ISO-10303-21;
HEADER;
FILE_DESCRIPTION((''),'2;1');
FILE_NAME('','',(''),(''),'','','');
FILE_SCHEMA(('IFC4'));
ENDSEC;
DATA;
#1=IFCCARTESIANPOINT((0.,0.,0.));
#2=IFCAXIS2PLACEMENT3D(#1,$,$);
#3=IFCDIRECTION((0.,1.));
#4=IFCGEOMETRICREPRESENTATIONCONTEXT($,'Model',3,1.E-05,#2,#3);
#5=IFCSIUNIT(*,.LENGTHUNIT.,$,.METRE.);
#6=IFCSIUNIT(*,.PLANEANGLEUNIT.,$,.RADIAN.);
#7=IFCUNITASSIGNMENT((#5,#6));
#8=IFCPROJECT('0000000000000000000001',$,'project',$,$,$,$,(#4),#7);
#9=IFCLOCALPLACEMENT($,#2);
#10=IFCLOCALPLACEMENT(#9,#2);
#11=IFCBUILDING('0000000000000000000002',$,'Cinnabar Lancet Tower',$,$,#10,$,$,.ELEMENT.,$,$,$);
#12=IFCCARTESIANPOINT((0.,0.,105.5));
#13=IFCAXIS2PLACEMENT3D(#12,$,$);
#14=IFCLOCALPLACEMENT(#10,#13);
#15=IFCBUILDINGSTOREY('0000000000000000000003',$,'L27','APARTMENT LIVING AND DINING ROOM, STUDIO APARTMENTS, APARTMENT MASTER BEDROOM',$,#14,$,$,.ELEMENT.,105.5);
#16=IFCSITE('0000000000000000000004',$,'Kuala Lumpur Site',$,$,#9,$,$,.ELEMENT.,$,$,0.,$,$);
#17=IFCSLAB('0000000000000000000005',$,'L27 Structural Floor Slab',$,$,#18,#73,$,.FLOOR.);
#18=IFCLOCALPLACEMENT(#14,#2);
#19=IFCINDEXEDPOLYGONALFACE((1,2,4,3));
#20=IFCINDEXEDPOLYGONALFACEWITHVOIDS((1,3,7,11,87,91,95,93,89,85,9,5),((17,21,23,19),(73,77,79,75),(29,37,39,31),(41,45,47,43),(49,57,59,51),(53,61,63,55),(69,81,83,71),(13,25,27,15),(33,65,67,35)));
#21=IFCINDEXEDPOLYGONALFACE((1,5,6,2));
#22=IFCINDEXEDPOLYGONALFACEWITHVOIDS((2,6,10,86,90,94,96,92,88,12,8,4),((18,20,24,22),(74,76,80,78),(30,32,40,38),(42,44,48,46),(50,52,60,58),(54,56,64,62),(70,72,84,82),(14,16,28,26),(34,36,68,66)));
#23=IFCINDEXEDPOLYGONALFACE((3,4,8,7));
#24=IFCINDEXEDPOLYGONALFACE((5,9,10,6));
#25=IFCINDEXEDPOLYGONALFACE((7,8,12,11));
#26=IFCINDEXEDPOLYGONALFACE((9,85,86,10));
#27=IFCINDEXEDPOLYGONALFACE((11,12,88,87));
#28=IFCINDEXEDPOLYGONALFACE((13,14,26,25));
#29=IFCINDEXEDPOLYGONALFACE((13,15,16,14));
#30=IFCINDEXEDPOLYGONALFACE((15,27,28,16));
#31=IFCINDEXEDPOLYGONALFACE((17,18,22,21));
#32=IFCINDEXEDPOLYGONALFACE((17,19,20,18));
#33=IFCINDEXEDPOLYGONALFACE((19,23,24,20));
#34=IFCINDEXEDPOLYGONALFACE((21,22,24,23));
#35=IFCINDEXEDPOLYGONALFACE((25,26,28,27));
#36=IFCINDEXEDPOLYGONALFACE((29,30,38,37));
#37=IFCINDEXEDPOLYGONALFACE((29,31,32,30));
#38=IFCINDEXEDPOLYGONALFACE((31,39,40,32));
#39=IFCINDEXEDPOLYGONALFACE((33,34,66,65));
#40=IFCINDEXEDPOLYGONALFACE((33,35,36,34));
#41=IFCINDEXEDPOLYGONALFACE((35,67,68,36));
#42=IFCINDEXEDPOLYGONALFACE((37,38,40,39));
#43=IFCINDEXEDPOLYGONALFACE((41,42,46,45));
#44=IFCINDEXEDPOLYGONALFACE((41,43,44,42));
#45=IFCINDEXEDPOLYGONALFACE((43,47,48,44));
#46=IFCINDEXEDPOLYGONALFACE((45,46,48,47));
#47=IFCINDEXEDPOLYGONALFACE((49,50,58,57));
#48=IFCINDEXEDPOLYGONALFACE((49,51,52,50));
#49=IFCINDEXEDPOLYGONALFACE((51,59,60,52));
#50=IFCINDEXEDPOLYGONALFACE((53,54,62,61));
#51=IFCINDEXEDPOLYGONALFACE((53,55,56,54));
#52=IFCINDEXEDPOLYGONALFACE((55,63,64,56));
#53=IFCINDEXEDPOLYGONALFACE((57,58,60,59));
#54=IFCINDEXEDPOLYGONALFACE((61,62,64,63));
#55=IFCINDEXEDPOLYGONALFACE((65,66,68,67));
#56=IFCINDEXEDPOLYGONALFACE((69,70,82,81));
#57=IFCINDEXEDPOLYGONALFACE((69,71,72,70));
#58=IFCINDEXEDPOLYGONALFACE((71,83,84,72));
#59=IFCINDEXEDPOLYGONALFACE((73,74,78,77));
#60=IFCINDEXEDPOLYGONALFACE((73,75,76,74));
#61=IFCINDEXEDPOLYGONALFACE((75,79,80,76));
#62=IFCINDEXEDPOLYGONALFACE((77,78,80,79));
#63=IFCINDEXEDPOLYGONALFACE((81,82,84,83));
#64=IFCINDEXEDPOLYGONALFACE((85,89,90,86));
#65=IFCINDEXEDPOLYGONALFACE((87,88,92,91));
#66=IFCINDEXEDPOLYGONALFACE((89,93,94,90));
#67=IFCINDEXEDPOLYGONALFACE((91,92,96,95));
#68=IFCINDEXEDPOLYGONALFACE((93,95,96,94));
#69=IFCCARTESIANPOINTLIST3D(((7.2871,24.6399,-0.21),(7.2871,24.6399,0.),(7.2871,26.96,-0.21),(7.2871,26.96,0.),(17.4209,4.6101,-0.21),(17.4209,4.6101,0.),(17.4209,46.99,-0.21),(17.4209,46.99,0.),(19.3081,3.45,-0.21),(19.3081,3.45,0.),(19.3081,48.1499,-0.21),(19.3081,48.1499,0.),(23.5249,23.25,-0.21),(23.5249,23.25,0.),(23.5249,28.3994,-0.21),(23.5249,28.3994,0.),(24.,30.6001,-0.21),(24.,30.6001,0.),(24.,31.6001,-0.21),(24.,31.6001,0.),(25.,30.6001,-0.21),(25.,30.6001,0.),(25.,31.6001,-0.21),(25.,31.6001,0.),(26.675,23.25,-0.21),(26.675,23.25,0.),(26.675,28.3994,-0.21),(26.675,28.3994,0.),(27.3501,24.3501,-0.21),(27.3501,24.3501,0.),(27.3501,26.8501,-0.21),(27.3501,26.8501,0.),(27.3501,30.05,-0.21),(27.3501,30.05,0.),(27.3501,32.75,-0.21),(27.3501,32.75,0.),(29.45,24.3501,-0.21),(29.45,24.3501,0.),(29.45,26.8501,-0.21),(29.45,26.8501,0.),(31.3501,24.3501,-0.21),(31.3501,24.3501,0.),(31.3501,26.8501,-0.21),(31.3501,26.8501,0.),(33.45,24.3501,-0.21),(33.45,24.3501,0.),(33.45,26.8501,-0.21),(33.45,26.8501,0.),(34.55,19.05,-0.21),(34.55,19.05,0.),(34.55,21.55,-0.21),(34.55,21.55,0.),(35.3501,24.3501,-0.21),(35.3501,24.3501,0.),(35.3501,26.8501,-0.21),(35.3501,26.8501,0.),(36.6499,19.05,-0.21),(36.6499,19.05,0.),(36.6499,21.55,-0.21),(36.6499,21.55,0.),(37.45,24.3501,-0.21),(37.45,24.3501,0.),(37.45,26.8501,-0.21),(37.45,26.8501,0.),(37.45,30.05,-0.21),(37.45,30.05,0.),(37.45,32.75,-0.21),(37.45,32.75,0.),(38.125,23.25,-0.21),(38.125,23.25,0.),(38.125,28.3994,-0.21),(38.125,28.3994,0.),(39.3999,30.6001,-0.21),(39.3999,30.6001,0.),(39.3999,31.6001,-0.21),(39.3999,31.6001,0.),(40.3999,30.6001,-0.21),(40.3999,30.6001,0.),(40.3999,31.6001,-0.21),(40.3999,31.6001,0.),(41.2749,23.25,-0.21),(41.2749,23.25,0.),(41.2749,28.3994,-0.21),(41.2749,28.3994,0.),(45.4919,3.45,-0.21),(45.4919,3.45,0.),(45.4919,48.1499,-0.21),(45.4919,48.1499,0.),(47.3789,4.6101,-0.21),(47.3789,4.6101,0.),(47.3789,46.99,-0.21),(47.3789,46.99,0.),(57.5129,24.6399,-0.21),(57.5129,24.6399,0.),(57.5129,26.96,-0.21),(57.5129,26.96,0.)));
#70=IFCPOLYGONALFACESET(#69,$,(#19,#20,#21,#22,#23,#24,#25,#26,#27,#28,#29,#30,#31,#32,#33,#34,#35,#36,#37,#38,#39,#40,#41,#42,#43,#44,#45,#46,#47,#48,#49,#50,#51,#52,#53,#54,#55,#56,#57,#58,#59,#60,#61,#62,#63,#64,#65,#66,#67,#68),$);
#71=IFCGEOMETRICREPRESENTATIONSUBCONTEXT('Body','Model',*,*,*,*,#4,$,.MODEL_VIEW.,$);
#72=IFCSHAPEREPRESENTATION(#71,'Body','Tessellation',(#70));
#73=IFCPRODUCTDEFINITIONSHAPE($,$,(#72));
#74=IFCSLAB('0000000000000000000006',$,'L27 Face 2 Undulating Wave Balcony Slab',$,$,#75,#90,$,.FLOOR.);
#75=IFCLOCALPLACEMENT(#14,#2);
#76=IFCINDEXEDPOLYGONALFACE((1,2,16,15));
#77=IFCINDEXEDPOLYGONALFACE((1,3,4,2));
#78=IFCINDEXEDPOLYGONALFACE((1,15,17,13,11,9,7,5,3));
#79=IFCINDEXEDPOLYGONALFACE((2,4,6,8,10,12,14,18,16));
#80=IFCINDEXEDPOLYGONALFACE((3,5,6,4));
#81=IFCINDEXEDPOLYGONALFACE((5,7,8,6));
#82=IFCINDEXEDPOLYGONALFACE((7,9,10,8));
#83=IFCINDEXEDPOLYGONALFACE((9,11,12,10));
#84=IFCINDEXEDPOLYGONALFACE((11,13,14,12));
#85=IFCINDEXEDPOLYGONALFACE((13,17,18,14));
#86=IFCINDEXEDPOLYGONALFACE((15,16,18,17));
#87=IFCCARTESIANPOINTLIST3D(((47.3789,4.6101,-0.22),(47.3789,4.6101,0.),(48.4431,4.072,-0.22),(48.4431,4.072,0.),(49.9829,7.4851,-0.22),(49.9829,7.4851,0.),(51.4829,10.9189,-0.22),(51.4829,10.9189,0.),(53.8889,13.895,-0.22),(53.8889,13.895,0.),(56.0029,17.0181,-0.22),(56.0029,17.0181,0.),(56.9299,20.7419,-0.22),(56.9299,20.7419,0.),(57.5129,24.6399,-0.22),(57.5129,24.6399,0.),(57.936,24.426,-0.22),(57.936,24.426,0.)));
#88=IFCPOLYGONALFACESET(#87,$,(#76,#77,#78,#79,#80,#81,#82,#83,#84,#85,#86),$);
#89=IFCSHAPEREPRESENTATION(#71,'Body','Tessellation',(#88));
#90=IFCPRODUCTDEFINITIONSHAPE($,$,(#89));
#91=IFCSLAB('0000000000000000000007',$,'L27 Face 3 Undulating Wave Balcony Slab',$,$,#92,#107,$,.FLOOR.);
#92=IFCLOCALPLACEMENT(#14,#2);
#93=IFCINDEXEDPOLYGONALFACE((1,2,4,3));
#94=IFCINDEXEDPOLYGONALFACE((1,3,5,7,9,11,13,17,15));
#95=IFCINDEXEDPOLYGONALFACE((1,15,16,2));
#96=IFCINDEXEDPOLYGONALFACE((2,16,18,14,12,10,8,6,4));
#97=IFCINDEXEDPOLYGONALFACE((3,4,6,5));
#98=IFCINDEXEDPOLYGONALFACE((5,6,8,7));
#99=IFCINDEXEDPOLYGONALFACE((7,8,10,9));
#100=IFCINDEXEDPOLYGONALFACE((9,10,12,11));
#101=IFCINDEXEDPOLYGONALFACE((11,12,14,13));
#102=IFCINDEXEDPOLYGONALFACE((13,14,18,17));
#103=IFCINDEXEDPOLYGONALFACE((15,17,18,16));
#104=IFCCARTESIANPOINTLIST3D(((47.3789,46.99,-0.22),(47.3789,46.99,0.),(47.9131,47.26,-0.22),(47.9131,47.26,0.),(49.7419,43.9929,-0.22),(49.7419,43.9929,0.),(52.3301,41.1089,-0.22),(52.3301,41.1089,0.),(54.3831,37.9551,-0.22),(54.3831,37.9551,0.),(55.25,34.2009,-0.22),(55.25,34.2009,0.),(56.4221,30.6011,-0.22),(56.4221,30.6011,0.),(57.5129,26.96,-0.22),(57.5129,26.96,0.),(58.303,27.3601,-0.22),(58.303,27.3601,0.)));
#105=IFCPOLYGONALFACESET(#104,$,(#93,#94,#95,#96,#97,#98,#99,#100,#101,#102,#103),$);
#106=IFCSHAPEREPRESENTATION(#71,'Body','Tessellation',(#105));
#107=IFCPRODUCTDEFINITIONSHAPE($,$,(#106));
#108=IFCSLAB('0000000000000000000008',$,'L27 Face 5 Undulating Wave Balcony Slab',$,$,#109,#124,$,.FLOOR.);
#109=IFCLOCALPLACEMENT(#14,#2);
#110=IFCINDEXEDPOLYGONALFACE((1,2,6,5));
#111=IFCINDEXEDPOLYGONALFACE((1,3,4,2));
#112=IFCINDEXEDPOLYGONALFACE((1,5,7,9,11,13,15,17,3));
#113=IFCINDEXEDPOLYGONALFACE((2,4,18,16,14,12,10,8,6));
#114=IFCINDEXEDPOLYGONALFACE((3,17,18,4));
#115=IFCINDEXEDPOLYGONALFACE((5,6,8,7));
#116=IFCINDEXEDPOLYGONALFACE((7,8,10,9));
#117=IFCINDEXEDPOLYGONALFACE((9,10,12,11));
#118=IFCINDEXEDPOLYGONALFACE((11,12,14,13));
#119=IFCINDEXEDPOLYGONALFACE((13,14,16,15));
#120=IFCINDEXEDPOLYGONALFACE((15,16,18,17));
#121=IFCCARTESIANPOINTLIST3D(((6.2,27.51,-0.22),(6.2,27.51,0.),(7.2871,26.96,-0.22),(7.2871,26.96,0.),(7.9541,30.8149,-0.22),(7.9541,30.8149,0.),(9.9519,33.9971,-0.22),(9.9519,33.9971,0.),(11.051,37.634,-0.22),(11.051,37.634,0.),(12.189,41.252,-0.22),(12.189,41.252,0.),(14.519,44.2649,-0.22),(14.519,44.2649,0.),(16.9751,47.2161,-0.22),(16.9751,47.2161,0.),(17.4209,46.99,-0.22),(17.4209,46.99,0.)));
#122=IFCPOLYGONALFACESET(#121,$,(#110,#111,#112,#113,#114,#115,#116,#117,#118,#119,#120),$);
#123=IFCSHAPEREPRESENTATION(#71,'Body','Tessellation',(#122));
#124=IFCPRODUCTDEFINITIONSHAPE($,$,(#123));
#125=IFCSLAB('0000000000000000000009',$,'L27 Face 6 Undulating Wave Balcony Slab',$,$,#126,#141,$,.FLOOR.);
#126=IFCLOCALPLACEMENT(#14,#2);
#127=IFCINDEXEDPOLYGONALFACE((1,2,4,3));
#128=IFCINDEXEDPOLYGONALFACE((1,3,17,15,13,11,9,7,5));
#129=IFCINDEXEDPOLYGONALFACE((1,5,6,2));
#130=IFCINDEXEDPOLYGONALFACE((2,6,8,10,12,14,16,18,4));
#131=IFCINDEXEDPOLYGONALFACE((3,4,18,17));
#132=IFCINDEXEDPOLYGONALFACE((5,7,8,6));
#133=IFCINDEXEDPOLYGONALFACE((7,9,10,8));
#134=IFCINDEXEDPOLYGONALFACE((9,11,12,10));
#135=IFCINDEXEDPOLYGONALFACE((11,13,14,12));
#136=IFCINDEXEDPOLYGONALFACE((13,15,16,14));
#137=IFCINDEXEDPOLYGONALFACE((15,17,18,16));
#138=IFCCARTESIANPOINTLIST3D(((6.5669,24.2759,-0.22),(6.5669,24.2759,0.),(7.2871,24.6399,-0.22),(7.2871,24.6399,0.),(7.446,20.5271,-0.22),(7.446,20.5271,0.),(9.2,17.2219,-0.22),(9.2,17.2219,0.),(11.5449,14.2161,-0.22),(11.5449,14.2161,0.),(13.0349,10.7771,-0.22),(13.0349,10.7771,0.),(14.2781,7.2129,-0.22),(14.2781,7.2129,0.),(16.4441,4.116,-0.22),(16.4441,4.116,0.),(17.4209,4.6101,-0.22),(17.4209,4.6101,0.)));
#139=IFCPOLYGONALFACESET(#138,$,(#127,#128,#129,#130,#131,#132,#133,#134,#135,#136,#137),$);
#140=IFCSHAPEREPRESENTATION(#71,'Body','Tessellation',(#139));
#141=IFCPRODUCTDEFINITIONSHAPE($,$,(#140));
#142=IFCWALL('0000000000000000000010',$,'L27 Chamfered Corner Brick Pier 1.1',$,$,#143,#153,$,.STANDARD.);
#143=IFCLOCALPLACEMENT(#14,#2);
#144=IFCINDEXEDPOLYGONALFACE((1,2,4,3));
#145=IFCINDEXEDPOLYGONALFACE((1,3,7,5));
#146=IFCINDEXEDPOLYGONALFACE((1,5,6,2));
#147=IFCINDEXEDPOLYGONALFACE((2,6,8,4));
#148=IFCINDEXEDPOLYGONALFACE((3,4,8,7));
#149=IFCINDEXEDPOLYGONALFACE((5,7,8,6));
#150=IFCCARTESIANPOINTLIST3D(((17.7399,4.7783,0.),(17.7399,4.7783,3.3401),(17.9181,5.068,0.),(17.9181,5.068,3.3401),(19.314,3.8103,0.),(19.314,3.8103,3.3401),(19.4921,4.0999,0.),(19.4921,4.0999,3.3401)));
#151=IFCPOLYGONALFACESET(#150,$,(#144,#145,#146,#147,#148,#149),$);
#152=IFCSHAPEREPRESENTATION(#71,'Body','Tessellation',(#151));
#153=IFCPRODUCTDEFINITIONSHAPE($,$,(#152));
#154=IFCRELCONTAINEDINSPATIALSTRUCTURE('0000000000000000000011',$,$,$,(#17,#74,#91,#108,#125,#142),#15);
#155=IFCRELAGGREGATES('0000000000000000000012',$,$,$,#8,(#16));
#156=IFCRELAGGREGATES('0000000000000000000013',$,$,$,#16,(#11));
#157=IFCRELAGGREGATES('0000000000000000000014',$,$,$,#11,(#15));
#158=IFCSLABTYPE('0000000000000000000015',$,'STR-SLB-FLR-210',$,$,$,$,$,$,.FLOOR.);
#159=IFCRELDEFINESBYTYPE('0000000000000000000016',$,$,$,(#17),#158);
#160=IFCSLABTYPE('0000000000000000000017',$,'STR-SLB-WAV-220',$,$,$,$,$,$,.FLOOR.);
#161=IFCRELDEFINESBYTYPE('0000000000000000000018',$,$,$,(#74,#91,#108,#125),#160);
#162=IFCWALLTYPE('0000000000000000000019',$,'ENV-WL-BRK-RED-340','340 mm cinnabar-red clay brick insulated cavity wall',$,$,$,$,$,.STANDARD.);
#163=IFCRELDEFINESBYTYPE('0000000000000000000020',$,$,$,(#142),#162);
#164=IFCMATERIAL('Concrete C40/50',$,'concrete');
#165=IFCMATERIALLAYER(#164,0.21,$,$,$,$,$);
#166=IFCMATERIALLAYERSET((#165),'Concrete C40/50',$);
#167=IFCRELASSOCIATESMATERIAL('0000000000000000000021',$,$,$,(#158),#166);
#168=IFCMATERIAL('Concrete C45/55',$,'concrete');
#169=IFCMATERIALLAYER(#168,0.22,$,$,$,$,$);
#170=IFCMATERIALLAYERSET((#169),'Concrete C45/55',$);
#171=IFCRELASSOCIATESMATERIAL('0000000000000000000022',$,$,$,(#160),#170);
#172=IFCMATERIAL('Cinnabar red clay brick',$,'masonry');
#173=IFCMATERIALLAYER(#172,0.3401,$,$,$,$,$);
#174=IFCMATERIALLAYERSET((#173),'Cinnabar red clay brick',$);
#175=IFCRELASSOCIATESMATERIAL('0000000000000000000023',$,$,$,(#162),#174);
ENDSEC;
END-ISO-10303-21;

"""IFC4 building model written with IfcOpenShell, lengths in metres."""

from ifc_helpers import new_model, si_unit, direction, frame, frame_2d, origin, place, context, subcontext, project, spatial, polyline, rectangle, outline, extrude, material, layer, layer_set, type_object, element, save


model = new_model("IFC4")

# Units and contexts
model_context = context("Model", 3, precision=1e-05, world=origin(), true_north=direction((0.0, 1.0)))
body_context = subcontext(model_context, "Body", "Model", "MODEL_VIEW")
ifc_project = project(units=[si_unit("LENGTHUNIT", "METRE"), si_unit("PLANEANGLEUNIT", "RADIAN")], contexts=[model_context])

# Site, building, storey
site_placement = place(None, origin())
site = spatial("IfcSite", under=ifc_project, at=site_placement, Name="Kuala Lumpur Site", CompositionType="ELEMENT", RefElevation=0.0)
building_placement = place(site_placement, origin())
building = spatial("IfcBuilding", under=site, at=building_placement, Name="Cinnabar Lancet Tower", CompositionType="ELEMENT")
storey_placement = place(building_placement, frame((0.0, 0.0, 105.5)))
storey = spatial("IfcBuildingStorey", under=building, at=storey_placement, Name="L27", Description="APARTMENT LIVING AND DINING ROOM, STUDIO APARTMENTS, APARTMENT MASTER BEDROOM", CompositionType="ELEMENT", Elevation=105.5)

# Slabs
ifc_material_1 = material(Name="Concrete C40/50", Category="concrete")
ifc_layer_1 = layer(ifc_material_1, 0.21)
ifc_layer_set_1 = layer_set([ifc_layer_1], Name="Concrete C40/50")
slab_type_1 = type_object("IfcSlabType", Name="STR-SLB-FLR-210", PredefinedType="FLOOR", material=ifc_layer_set_1)
slab_1_placement = place(storey_placement, frame((0.0, 0.0, -0.21)))
element("IfcSlab", 1, at=slab_1_placement, inside=storey, type_object=slab_type_1, Name="L27 Structural Floor Slab", PredefinedType="FLOOR", context=body_context, shape_type="SweptSolid", body=[
    extrude(outline(polyline([(17.4209, 4.6101), (19.3081, 3.45), (45.4919, 3.45), (47.3789, 4.6101), (57.5129, 24.6399), (57.5129, 26.96), (47.3789, 46.99), (45.4919, 48.1499), (19.3081, 48.1499), (17.4209, 46.99), (7.2871, 26.96), (7.2871, 24.6399), (17.4209, 4.6101)]), holes=[polyline([(23.5249, 23.25), (26.675, 23.25), (26.675, 28.3994), (23.5249, 28.3994), (23.5249, 23.25)]), polyline([(38.125, 23.25), (41.2749, 23.25), (41.2749, 28.3994), (38.125, 28.3994), (38.125, 23.25)]), polyline([(27.3501, 30.05), (37.45, 30.05), (37.45, 32.75), (27.3501, 32.75), (27.3501, 30.05)]), polyline([(34.55, 19.05), (36.6499, 19.05), (36.6499, 21.55), (34.55, 21.55), (34.55, 19.05)]), polyline([(27.3501, 24.3501), (29.45, 24.3501), (29.45, 26.8501), (27.3501, 26.8501), (27.3501, 24.3501)]), polyline([(35.3501, 24.3501), (37.45, 24.3501), (37.45, 26.8501), (35.3501, 26.8501), (35.3501, 24.3501)]), polyline([(31.3501, 24.3501), (33.45, 24.3501), (33.45, 26.8501), (31.3501, 26.8501), (31.3501, 24.3501)]), polyline([(24.0, 30.6001), (25.0, 30.6001), (25.0, 31.6001), (24.0, 31.6001), (24.0, 30.6001)]), polyline([(39.3999, 30.6001), (40.3999, 30.6001), (40.3999, 31.6001), (39.3999, 31.6001), (39.3999, 30.6001)])]), origin(), (0.0, 0.0, 1.0), 0.21),
])
ifc_material_2 = material(Name="Concrete C45/55", Category="concrete")
ifc_layer_2 = layer(ifc_material_2, 0.22)
ifc_layer_set_2 = layer_set([ifc_layer_2], Name="Concrete C45/55")
slab_type_2 = type_object("IfcSlabType", Name="STR-SLB-WAV-220", PredefinedType="FLOOR", material=ifc_layer_set_2)
slab_2_placement = place(storey_placement, frame((0.0, 0.0, -0.22)))
element("IfcSlab", 2, at=slab_2_placement, inside=storey, type_object=slab_type_2, Name="L27 Face 2 Undulating Wave Balcony Slab", PredefinedType="FLOOR", context=body_context, shape_type="SweptSolid", body=[
    extrude(outline(polyline([(47.3789, 4.6101), (48.4431, 4.072), (49.9829, 7.4851), (51.4829, 10.9189), (53.8889, 13.895), (56.0029, 17.0181), (56.9299, 20.7419), (57.936, 24.426), (57.5129, 24.6399), (47.3789, 4.6101)])), origin(), (0.0, 0.0, 1.0), 0.22),
])
slab_3_placement = place(storey_placement, frame((0.0, 0.0, -0.22)))
element("IfcSlab", 3, at=slab_3_placement, inside=storey, type_object=slab_type_2, Name="L27 Face 3 Undulating Wave Balcony Slab", PredefinedType="FLOOR", context=body_context, shape_type="SweptSolid", body=[
    extrude(outline(polyline([(57.5129, 26.96), (58.303, 27.3601), (56.4221, 30.6011), (55.25, 34.2009), (54.3831, 37.9551), (52.3301, 41.1089), (49.7419, 43.9929), (47.9131, 47.26), (47.3789, 46.99), (57.5129, 26.96)])), origin(), (0.0, 0.0, 1.0), 0.22),
])
slab_4_placement = place(storey_placement, frame((0.0, 0.0, -0.22)))
element("IfcSlab", 4, at=slab_4_placement, inside=storey, type_object=slab_type_2, Name="L27 Face 5 Undulating Wave Balcony Slab", PredefinedType="FLOOR", context=body_context, shape_type="SweptSolid", body=[
    extrude(outline(polyline([(17.4209, 46.99), (16.9751, 47.2161), (14.519, 44.2649), (12.189, 41.252), (11.051, 37.634), (9.9519, 33.9971), (7.9541, 30.8149), (6.2, 27.51), (7.2871, 26.96), (17.4209, 46.99)])), origin(), (0.0, 0.0, 1.0), 0.22),
])
slab_5_placement = place(storey_placement, frame((0.0, 0.0, -0.22)))
element("IfcSlab", 5, at=slab_5_placement, inside=storey, type_object=slab_type_2, Name="L27 Face 6 Undulating Wave Balcony Slab", PredefinedType="FLOOR", context=body_context, shape_type="SweptSolid", body=[
    extrude(outline(polyline([(7.2871, 24.6399), (6.5669, 24.2759), (7.446, 20.5271), (9.2, 17.2219), (11.5449, 14.2161), (13.0349, 10.7771), (14.2781, 7.2129), (16.4441, 4.116), (17.4209, 4.6101), (7.2871, 24.6399)])), origin(), (0.0, 0.0, 1.0), 0.22),
])

# Wall
ifc_material_3 = material(Name="Cinnabar red clay brick", Category="masonry")
ifc_layer_3 = layer(ifc_material_3, 0.3401)
ifc_layer_set_3 = layer_set([ifc_layer_3], Name="Cinnabar red clay brick")
wall_type = type_object("IfcWallType", Name="ENV-WL-BRK-RED-340", Description="340 mm cinnabar-red clay brick insulated cavity wall", PredefinedType="STANDARD", material=ifc_layer_set_3)
wall_1_placement = place(storey_placement, frame((17.8291, 4.9231, 0.0), z_axis=(0.0, 0.0, 1.0), x_axis=(0.851799, -0.523869, 0.0)))
element("IfcWall", 6, at=wall_1_placement, inside=storey, type_object=wall_type, Name="L27 Chamfered Corner Brick Pier 1.1", PredefinedType="STANDARD", context=body_context, shape_type="SweptSolid", body=[
    extrude(rectangle(XDim=1.8479, YDim=0.3401, at=frame_2d((0.9238, 0.0))), origin(), (0.0, 0.0, 1.0), 3.3401),
])

save(model, "model.ifc")
